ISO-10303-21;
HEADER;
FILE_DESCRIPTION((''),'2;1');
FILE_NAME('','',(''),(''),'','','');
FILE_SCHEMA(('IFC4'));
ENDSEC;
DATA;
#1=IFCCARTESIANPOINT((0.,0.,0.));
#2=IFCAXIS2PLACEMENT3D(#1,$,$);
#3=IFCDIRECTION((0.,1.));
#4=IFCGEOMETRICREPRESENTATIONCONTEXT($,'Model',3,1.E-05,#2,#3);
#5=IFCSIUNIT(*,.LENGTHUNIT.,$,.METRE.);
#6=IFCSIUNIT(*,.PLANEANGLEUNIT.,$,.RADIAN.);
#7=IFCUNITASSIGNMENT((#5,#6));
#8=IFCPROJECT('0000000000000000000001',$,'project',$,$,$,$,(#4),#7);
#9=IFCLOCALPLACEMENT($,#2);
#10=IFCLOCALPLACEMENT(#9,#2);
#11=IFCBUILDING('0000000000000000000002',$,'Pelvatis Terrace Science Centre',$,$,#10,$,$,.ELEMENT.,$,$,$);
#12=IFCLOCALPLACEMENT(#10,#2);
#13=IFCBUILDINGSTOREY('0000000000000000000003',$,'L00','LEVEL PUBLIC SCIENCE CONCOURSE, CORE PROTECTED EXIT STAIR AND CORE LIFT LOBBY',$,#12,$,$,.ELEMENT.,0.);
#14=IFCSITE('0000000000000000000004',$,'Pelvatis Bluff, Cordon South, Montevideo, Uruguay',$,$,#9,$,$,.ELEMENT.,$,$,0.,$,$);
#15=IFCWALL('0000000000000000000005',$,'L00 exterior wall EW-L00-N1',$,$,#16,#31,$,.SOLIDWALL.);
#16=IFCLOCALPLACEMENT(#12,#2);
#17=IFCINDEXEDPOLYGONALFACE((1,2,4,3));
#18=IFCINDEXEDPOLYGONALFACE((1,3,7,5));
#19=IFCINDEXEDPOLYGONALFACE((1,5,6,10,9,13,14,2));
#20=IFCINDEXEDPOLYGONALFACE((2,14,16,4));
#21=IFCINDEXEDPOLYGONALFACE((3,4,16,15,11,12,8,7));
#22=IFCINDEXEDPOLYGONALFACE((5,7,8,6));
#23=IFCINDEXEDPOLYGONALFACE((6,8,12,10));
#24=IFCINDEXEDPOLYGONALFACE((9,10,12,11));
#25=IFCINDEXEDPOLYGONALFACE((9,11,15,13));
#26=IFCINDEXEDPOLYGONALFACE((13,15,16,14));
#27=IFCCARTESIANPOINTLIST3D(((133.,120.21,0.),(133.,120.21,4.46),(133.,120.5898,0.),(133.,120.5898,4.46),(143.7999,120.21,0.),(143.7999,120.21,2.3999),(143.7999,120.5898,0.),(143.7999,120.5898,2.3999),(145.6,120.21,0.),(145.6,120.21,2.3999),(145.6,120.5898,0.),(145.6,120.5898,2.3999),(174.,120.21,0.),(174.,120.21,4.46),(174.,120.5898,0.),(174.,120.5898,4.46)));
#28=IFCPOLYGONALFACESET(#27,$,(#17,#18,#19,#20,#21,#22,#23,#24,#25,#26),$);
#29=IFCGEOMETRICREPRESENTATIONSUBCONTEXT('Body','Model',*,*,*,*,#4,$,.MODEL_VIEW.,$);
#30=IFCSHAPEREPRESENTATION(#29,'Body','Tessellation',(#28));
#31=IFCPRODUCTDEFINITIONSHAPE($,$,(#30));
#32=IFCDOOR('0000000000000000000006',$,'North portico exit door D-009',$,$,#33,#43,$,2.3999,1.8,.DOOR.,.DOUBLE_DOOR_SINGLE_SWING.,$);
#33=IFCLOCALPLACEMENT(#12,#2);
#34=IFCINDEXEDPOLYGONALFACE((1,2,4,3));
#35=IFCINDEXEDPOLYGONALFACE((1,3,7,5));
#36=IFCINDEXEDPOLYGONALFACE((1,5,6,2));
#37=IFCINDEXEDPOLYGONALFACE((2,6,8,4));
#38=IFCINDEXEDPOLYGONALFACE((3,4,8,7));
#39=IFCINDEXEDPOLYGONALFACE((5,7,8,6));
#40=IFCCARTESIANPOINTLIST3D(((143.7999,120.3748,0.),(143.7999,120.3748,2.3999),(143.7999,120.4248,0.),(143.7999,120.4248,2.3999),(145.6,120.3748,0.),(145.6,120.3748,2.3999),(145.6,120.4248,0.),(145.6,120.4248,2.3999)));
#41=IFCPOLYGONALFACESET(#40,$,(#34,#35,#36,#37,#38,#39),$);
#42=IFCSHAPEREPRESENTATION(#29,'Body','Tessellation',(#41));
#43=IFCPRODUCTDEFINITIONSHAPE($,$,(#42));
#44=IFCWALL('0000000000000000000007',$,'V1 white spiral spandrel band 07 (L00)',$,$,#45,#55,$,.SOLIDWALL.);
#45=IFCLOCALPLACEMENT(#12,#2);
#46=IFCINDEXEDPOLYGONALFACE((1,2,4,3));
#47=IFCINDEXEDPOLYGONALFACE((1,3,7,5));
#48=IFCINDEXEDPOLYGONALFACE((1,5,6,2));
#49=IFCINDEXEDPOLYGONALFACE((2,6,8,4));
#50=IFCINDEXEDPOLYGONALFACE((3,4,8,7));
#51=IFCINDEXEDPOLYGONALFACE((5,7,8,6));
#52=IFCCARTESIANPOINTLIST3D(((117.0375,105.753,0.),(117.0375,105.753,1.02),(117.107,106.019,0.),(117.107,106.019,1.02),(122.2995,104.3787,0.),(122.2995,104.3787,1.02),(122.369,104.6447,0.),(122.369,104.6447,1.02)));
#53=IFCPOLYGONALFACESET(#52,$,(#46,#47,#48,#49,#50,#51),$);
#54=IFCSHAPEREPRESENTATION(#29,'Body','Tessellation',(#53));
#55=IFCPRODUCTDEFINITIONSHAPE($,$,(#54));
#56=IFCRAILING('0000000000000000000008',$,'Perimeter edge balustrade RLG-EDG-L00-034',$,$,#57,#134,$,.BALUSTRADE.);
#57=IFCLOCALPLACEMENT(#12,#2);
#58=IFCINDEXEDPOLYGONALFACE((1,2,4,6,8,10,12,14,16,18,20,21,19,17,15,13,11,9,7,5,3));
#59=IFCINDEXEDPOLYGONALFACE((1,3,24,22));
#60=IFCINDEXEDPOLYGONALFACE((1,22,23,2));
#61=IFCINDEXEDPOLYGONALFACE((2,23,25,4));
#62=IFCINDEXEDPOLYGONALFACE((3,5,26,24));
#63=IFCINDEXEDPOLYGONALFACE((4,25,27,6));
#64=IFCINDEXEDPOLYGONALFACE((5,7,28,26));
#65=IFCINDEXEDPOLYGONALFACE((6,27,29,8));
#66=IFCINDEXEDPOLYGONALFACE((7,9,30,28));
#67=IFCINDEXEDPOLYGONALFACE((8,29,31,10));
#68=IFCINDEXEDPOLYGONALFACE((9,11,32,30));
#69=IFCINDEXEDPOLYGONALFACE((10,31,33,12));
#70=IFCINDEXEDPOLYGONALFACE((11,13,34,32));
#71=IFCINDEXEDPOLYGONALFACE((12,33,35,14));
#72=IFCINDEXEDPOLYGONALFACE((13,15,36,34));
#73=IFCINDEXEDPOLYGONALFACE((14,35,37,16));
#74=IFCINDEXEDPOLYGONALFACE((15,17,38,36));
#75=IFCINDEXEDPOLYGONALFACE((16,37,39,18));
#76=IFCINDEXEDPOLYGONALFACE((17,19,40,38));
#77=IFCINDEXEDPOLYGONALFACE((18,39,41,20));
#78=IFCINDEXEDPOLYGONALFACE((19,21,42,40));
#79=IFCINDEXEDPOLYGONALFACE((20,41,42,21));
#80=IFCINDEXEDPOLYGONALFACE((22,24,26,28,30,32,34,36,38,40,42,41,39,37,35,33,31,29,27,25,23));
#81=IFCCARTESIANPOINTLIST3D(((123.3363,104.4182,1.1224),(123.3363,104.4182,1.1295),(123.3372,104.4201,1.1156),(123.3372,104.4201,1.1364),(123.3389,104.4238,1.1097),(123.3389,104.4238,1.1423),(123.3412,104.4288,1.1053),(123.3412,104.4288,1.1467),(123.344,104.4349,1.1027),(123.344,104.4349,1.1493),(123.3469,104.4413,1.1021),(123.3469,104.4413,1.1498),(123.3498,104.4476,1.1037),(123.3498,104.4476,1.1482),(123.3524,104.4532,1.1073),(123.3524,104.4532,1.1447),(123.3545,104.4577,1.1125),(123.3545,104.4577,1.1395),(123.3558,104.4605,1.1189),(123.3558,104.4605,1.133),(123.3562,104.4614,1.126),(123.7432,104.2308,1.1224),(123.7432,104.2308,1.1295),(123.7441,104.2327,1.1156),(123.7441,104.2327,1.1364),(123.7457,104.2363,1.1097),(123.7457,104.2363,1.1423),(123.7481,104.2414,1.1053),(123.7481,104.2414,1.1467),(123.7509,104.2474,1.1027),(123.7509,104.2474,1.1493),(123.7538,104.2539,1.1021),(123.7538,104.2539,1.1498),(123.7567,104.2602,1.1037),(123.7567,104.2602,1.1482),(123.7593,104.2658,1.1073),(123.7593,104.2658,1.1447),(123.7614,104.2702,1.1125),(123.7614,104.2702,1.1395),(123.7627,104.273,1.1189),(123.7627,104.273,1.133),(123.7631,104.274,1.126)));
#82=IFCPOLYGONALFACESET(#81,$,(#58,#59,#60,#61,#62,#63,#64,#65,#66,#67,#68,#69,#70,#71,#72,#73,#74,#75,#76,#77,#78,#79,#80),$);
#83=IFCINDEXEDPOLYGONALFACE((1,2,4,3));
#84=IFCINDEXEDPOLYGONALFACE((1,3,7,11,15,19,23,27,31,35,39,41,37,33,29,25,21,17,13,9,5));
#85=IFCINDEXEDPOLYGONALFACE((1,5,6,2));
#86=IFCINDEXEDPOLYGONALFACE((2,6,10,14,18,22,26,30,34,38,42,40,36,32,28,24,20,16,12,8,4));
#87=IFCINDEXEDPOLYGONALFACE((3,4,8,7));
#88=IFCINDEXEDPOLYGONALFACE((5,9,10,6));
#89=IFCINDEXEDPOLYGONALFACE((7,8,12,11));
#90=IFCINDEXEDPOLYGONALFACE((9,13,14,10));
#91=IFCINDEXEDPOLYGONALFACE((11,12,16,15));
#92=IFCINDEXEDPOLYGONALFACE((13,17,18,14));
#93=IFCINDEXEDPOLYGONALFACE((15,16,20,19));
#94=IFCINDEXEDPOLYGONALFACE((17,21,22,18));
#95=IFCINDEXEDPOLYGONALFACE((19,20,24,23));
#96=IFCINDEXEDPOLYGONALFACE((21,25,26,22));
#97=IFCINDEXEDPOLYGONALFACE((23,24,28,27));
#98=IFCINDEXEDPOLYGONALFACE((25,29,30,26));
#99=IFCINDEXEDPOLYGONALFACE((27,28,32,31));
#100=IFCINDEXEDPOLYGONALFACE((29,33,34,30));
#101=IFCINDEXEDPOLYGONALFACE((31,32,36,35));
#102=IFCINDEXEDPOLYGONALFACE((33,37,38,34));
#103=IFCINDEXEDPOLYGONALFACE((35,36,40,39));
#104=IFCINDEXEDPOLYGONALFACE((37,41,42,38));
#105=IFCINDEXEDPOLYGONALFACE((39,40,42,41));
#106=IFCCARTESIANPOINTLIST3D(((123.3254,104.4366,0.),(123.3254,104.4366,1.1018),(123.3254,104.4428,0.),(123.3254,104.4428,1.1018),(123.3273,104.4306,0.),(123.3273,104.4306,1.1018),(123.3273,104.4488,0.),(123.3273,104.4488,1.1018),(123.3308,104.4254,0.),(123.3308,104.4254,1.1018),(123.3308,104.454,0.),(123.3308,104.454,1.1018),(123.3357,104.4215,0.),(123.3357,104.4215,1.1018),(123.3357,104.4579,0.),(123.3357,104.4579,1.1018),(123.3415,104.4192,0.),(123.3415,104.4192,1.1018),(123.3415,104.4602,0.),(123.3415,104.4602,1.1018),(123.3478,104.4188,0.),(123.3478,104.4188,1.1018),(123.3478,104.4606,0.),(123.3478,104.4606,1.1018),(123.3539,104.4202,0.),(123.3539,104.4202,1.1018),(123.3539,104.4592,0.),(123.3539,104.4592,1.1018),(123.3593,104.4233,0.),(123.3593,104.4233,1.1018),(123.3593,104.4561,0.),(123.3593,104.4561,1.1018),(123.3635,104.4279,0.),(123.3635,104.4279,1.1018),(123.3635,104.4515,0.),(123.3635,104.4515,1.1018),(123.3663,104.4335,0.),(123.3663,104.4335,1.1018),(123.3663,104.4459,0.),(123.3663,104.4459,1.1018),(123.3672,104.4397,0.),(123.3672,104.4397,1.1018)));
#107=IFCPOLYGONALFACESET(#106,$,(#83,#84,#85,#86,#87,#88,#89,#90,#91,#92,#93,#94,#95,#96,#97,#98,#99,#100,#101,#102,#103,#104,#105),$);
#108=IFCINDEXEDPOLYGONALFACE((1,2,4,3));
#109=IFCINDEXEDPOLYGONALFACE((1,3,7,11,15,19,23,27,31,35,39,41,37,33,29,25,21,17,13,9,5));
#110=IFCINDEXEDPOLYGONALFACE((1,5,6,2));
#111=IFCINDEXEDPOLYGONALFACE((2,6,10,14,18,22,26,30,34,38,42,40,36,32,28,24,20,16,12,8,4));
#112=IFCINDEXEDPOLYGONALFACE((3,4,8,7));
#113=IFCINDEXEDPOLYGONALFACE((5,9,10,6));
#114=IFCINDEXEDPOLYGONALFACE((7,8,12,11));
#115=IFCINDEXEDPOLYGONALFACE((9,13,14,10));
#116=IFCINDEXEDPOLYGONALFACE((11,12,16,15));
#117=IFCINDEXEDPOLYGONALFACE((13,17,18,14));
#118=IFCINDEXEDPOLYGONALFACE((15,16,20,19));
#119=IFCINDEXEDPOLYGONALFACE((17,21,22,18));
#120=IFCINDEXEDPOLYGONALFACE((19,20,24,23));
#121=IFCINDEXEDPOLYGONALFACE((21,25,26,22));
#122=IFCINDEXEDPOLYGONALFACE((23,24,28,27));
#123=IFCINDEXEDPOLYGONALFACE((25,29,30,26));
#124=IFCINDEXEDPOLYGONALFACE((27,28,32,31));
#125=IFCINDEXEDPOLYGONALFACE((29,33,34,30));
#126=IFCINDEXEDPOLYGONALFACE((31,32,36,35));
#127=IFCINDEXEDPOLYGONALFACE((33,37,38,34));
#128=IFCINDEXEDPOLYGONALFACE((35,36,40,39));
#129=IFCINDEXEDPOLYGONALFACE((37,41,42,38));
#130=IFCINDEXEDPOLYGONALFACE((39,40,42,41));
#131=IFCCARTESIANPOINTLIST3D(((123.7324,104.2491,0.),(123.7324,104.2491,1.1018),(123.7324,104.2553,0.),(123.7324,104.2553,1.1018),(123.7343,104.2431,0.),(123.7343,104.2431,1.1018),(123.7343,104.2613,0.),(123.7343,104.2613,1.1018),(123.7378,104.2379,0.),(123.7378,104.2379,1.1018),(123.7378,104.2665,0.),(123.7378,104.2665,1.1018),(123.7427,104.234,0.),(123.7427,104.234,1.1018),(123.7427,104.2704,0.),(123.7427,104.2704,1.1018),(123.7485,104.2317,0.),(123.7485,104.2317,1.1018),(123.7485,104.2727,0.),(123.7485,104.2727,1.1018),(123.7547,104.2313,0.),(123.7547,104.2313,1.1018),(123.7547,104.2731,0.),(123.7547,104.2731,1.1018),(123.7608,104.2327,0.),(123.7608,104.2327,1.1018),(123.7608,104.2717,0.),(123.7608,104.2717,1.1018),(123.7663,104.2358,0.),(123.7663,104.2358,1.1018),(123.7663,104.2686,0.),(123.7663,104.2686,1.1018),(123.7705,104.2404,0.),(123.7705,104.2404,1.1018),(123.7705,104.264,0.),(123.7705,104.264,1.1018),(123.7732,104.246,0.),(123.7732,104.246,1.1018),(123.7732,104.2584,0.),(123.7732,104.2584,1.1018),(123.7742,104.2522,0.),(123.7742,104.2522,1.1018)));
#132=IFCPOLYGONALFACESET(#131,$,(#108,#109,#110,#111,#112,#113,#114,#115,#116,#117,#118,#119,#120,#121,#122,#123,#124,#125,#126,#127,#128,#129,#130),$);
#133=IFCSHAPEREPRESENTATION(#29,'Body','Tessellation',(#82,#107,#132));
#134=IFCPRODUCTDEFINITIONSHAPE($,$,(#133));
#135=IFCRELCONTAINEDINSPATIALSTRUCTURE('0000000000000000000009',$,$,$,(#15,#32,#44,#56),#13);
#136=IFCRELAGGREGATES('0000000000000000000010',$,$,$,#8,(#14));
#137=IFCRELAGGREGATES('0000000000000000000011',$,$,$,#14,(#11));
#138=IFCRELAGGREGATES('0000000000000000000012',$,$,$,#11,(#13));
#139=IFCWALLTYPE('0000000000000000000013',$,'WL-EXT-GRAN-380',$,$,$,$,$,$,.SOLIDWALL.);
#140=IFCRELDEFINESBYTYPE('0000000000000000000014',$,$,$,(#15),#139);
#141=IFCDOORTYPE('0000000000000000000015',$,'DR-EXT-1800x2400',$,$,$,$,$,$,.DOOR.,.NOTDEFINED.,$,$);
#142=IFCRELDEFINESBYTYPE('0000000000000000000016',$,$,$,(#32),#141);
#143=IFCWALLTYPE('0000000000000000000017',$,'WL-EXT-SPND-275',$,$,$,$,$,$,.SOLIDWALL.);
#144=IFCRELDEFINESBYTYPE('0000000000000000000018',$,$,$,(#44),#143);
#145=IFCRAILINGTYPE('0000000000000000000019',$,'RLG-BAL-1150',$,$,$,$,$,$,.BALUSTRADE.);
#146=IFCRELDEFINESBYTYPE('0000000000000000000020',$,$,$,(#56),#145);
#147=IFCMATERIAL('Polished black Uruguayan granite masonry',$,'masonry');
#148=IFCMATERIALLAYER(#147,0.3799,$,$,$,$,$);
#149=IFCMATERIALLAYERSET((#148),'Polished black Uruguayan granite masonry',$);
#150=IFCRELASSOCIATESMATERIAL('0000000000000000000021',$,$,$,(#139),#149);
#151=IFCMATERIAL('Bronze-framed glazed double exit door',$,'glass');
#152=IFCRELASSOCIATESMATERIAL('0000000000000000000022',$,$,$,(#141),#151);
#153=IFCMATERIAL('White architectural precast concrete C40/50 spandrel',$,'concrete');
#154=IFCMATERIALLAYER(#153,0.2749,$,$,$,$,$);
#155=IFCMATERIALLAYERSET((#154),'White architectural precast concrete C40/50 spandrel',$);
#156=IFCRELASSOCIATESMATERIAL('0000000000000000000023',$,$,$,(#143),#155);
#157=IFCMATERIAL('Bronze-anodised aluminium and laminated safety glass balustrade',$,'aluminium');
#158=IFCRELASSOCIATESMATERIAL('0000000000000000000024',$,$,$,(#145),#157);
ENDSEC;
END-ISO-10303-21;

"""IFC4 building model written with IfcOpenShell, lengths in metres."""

from ifc_helpers import new_model, si_unit, direction, frame, frame_2d, origin, origin_2d, place, context, subcontext, project, spatial, rectangle, circle, extrude, material, layer, layer_set, type_object, element, fill, save


model = new_model("IFC4")

# Units and contexts
model_context = context("Model", 3, precision=1e-05, world=origin(), true_north=direction((0.0, 1.0)))
body_context = subcontext(model_context, "Body", "Model", "MODEL_VIEW")
ifc_project = project(units=[si_unit("LENGTHUNIT", "METRE"), si_unit("PLANEANGLEUNIT", "RADIAN")], contexts=[model_context])

# Site, building, storey
site_placement = place(None, origin())
site = spatial("IfcSite", under=ifc_project, at=site_placement, Name="Pelvatis Bluff, Cordon South, Montevideo, Uruguay", CompositionType="ELEMENT", RefElevation=0.0)
building_placement = place(site_placement, origin())
building = spatial("IfcBuilding", under=site, at=building_placement, Name="Pelvatis Terrace Science Centre", CompositionType="ELEMENT")
storey_placement = place(building_placement, origin())
storey = spatial("IfcBuildingStorey", under=building, at=storey_placement, Name="L00", Description="LEVEL PUBLIC SCIENCE CONCOURSE, CORE PROTECTED EXIT STAIR AND CORE LIFT LOBBY", CompositionType="ELEMENT", Elevation=0.0)

# Wall, opening, door
ifc_material_1 = material(Name="Polished black Uruguayan granite masonry", Category="masonry")
ifc_layer_1 = layer(ifc_material_1, 0.3799)
ifc_layer_set_1 = layer_set([ifc_layer_1], Name="Polished black Uruguayan granite masonry")
wall_type_1 = type_object("IfcWallType", Name="WL-EXT-GRAN-380", PredefinedType="SOLIDWALL", material=ifc_layer_set_1)
wall_1_placement = place(storey_placement, frame((133.0, 120.3999, 0.0), z_axis=(0.0, 0.0, 1.0), x_axis=(1.0, 0.0, 0.0)))
wall_1 = element("IfcWall", 1, at=wall_1_placement, inside=storey, type_object=wall_type_1, Name="L00 exterior wall EW-L00-N1", PredefinedType="SOLIDWALL", context=body_context, shape_type="SweptSolid", body=[
    extrude(rectangle(XDim=41.0, YDim=0.3799, at=frame_2d((20.5, 0.0))), origin(), (0.0, 0.0, 1.0), 4.46),
])
opening_placement = place(wall_1_placement, frame((10.8, 0.0, 0.0)))
opening = element("IfcOpeningElement", 2, at=opening_placement, cuts=wall_1, PredefinedType="OPENING", context=body_context, shape_type="SweptSolid", body=[
    extrude(rectangle(XDim=1.8, YDim=2.3999, at=frame_2d((0.8999, 1.2))), frame((0.0, 0.2, 0.0), z_axis=(0.0, -1.0, 0.0), x_axis=(1.0, 0.0, 0.0)), (0.0, 0.0, 1.0), 0.3999),
])
ifc_material_2 = material(Name="Bronze-framed glazed double exit door", Category="glass")
door_type = type_object("IfcDoorType", Name="DR-EXT-1800x2400", OperationType="NOTDEFINED", PredefinedType="DOOR", material=ifc_material_2)
door_placement = place(opening_placement, origin())
door = element("IfcDoor", 3, at=door_placement, inside=storey, type_object=door_type, Name="North portico exit door D-009", OperationType="DOUBLE_DOOR_SINGLE_SWING", OverallHeight=2.3999, OverallWidth=1.8, PredefinedType="DOOR", context=body_context, shape_type="SweptSolid", body=[
    extrude(rectangle(XDim=1.8, YDim=2.3999, at=frame_2d((0.8999, 1.2))), frame((0.0, 0.0249, 0.0), z_axis=(0.0, -1.0, 0.0), x_axis=(1.0, 0.0, 0.0)), (0.0, 0.0, 1.0), 0.05),
])
fill(opening, door)

# Wall
ifc_material_3 = material(Name="White architectural precast concrete C40/50 spandrel", Category="concrete")
ifc_layer_2 = layer(ifc_material_3, 0.2749)
ifc_layer_set_2 = layer_set([ifc_layer_2], Name="White architectural precast concrete C40/50 spandrel")
wall_type_2 = type_object("IfcWallType", Name="WL-EXT-SPND-275", PredefinedType="SOLIDWALL", material=ifc_layer_set_2)
wall_2_placement = place(storey_placement, frame((122.3342, 104.5117, 0.0), z_axis=(0.0, 0.0, 1.0), x_axis=(-0.967546, 0.252694, 0.0)))
element("IfcWall", 4, at=wall_2_placement, inside=storey, type_object=wall_type_2, Name="V1 white spiral spandrel band 07 (L00)", PredefinedType="SOLIDWALL", context=body_context, shape_type="SweptSolid", body=[
    extrude(rectangle(XDim=5.4385, YDim=0.2749, at=frame_2d((2.7192, 0.0))), origin(), (0.0, 0.0, 1.0), 1.02),
])

# Railing
ifc_material_4 = material(Name="Bronze-anodised aluminium and laminated safety glass balustrade", Category="aluminium")
railing_type = type_object("IfcRailingType", Name="RLG-BAL-1150", PredefinedType="BALUSTRADE", material=ifc_material_4)
railing_1_placement = place(storey_placement, frame((123.3462, 104.4397, 0.0)))
element("IfcRailing", 5, at=railing_1_placement, inside=storey, type_object=railing_type, Name="Perimeter edge balustrade RLG-EDG-L00-034", PredefinedType="BALUSTRADE", context=body_context, shape_type="SweptSolid", body=[
    extrude(circle(Radius=0.0239, at=origin_2d()), frame((0.0, 0.0, 1.126), z_axis=(0.908246, -0.418436, 0.0), x_axis=(0.418436, 0.908246, 0.0)), (0.0, 0.0, 1.0), 0.448),
    extrude(circle(Radius=0.021, at=origin_2d()), origin(), (0.0, 0.0, 1.0), 1.1018),
    extrude(circle(Radius=0.021, at=origin_2d()), frame((0.407, -0.1875, 0.0)), (0.0, 0.0, 1.0), 1.1018),
])

save(model, "model.ifc")
